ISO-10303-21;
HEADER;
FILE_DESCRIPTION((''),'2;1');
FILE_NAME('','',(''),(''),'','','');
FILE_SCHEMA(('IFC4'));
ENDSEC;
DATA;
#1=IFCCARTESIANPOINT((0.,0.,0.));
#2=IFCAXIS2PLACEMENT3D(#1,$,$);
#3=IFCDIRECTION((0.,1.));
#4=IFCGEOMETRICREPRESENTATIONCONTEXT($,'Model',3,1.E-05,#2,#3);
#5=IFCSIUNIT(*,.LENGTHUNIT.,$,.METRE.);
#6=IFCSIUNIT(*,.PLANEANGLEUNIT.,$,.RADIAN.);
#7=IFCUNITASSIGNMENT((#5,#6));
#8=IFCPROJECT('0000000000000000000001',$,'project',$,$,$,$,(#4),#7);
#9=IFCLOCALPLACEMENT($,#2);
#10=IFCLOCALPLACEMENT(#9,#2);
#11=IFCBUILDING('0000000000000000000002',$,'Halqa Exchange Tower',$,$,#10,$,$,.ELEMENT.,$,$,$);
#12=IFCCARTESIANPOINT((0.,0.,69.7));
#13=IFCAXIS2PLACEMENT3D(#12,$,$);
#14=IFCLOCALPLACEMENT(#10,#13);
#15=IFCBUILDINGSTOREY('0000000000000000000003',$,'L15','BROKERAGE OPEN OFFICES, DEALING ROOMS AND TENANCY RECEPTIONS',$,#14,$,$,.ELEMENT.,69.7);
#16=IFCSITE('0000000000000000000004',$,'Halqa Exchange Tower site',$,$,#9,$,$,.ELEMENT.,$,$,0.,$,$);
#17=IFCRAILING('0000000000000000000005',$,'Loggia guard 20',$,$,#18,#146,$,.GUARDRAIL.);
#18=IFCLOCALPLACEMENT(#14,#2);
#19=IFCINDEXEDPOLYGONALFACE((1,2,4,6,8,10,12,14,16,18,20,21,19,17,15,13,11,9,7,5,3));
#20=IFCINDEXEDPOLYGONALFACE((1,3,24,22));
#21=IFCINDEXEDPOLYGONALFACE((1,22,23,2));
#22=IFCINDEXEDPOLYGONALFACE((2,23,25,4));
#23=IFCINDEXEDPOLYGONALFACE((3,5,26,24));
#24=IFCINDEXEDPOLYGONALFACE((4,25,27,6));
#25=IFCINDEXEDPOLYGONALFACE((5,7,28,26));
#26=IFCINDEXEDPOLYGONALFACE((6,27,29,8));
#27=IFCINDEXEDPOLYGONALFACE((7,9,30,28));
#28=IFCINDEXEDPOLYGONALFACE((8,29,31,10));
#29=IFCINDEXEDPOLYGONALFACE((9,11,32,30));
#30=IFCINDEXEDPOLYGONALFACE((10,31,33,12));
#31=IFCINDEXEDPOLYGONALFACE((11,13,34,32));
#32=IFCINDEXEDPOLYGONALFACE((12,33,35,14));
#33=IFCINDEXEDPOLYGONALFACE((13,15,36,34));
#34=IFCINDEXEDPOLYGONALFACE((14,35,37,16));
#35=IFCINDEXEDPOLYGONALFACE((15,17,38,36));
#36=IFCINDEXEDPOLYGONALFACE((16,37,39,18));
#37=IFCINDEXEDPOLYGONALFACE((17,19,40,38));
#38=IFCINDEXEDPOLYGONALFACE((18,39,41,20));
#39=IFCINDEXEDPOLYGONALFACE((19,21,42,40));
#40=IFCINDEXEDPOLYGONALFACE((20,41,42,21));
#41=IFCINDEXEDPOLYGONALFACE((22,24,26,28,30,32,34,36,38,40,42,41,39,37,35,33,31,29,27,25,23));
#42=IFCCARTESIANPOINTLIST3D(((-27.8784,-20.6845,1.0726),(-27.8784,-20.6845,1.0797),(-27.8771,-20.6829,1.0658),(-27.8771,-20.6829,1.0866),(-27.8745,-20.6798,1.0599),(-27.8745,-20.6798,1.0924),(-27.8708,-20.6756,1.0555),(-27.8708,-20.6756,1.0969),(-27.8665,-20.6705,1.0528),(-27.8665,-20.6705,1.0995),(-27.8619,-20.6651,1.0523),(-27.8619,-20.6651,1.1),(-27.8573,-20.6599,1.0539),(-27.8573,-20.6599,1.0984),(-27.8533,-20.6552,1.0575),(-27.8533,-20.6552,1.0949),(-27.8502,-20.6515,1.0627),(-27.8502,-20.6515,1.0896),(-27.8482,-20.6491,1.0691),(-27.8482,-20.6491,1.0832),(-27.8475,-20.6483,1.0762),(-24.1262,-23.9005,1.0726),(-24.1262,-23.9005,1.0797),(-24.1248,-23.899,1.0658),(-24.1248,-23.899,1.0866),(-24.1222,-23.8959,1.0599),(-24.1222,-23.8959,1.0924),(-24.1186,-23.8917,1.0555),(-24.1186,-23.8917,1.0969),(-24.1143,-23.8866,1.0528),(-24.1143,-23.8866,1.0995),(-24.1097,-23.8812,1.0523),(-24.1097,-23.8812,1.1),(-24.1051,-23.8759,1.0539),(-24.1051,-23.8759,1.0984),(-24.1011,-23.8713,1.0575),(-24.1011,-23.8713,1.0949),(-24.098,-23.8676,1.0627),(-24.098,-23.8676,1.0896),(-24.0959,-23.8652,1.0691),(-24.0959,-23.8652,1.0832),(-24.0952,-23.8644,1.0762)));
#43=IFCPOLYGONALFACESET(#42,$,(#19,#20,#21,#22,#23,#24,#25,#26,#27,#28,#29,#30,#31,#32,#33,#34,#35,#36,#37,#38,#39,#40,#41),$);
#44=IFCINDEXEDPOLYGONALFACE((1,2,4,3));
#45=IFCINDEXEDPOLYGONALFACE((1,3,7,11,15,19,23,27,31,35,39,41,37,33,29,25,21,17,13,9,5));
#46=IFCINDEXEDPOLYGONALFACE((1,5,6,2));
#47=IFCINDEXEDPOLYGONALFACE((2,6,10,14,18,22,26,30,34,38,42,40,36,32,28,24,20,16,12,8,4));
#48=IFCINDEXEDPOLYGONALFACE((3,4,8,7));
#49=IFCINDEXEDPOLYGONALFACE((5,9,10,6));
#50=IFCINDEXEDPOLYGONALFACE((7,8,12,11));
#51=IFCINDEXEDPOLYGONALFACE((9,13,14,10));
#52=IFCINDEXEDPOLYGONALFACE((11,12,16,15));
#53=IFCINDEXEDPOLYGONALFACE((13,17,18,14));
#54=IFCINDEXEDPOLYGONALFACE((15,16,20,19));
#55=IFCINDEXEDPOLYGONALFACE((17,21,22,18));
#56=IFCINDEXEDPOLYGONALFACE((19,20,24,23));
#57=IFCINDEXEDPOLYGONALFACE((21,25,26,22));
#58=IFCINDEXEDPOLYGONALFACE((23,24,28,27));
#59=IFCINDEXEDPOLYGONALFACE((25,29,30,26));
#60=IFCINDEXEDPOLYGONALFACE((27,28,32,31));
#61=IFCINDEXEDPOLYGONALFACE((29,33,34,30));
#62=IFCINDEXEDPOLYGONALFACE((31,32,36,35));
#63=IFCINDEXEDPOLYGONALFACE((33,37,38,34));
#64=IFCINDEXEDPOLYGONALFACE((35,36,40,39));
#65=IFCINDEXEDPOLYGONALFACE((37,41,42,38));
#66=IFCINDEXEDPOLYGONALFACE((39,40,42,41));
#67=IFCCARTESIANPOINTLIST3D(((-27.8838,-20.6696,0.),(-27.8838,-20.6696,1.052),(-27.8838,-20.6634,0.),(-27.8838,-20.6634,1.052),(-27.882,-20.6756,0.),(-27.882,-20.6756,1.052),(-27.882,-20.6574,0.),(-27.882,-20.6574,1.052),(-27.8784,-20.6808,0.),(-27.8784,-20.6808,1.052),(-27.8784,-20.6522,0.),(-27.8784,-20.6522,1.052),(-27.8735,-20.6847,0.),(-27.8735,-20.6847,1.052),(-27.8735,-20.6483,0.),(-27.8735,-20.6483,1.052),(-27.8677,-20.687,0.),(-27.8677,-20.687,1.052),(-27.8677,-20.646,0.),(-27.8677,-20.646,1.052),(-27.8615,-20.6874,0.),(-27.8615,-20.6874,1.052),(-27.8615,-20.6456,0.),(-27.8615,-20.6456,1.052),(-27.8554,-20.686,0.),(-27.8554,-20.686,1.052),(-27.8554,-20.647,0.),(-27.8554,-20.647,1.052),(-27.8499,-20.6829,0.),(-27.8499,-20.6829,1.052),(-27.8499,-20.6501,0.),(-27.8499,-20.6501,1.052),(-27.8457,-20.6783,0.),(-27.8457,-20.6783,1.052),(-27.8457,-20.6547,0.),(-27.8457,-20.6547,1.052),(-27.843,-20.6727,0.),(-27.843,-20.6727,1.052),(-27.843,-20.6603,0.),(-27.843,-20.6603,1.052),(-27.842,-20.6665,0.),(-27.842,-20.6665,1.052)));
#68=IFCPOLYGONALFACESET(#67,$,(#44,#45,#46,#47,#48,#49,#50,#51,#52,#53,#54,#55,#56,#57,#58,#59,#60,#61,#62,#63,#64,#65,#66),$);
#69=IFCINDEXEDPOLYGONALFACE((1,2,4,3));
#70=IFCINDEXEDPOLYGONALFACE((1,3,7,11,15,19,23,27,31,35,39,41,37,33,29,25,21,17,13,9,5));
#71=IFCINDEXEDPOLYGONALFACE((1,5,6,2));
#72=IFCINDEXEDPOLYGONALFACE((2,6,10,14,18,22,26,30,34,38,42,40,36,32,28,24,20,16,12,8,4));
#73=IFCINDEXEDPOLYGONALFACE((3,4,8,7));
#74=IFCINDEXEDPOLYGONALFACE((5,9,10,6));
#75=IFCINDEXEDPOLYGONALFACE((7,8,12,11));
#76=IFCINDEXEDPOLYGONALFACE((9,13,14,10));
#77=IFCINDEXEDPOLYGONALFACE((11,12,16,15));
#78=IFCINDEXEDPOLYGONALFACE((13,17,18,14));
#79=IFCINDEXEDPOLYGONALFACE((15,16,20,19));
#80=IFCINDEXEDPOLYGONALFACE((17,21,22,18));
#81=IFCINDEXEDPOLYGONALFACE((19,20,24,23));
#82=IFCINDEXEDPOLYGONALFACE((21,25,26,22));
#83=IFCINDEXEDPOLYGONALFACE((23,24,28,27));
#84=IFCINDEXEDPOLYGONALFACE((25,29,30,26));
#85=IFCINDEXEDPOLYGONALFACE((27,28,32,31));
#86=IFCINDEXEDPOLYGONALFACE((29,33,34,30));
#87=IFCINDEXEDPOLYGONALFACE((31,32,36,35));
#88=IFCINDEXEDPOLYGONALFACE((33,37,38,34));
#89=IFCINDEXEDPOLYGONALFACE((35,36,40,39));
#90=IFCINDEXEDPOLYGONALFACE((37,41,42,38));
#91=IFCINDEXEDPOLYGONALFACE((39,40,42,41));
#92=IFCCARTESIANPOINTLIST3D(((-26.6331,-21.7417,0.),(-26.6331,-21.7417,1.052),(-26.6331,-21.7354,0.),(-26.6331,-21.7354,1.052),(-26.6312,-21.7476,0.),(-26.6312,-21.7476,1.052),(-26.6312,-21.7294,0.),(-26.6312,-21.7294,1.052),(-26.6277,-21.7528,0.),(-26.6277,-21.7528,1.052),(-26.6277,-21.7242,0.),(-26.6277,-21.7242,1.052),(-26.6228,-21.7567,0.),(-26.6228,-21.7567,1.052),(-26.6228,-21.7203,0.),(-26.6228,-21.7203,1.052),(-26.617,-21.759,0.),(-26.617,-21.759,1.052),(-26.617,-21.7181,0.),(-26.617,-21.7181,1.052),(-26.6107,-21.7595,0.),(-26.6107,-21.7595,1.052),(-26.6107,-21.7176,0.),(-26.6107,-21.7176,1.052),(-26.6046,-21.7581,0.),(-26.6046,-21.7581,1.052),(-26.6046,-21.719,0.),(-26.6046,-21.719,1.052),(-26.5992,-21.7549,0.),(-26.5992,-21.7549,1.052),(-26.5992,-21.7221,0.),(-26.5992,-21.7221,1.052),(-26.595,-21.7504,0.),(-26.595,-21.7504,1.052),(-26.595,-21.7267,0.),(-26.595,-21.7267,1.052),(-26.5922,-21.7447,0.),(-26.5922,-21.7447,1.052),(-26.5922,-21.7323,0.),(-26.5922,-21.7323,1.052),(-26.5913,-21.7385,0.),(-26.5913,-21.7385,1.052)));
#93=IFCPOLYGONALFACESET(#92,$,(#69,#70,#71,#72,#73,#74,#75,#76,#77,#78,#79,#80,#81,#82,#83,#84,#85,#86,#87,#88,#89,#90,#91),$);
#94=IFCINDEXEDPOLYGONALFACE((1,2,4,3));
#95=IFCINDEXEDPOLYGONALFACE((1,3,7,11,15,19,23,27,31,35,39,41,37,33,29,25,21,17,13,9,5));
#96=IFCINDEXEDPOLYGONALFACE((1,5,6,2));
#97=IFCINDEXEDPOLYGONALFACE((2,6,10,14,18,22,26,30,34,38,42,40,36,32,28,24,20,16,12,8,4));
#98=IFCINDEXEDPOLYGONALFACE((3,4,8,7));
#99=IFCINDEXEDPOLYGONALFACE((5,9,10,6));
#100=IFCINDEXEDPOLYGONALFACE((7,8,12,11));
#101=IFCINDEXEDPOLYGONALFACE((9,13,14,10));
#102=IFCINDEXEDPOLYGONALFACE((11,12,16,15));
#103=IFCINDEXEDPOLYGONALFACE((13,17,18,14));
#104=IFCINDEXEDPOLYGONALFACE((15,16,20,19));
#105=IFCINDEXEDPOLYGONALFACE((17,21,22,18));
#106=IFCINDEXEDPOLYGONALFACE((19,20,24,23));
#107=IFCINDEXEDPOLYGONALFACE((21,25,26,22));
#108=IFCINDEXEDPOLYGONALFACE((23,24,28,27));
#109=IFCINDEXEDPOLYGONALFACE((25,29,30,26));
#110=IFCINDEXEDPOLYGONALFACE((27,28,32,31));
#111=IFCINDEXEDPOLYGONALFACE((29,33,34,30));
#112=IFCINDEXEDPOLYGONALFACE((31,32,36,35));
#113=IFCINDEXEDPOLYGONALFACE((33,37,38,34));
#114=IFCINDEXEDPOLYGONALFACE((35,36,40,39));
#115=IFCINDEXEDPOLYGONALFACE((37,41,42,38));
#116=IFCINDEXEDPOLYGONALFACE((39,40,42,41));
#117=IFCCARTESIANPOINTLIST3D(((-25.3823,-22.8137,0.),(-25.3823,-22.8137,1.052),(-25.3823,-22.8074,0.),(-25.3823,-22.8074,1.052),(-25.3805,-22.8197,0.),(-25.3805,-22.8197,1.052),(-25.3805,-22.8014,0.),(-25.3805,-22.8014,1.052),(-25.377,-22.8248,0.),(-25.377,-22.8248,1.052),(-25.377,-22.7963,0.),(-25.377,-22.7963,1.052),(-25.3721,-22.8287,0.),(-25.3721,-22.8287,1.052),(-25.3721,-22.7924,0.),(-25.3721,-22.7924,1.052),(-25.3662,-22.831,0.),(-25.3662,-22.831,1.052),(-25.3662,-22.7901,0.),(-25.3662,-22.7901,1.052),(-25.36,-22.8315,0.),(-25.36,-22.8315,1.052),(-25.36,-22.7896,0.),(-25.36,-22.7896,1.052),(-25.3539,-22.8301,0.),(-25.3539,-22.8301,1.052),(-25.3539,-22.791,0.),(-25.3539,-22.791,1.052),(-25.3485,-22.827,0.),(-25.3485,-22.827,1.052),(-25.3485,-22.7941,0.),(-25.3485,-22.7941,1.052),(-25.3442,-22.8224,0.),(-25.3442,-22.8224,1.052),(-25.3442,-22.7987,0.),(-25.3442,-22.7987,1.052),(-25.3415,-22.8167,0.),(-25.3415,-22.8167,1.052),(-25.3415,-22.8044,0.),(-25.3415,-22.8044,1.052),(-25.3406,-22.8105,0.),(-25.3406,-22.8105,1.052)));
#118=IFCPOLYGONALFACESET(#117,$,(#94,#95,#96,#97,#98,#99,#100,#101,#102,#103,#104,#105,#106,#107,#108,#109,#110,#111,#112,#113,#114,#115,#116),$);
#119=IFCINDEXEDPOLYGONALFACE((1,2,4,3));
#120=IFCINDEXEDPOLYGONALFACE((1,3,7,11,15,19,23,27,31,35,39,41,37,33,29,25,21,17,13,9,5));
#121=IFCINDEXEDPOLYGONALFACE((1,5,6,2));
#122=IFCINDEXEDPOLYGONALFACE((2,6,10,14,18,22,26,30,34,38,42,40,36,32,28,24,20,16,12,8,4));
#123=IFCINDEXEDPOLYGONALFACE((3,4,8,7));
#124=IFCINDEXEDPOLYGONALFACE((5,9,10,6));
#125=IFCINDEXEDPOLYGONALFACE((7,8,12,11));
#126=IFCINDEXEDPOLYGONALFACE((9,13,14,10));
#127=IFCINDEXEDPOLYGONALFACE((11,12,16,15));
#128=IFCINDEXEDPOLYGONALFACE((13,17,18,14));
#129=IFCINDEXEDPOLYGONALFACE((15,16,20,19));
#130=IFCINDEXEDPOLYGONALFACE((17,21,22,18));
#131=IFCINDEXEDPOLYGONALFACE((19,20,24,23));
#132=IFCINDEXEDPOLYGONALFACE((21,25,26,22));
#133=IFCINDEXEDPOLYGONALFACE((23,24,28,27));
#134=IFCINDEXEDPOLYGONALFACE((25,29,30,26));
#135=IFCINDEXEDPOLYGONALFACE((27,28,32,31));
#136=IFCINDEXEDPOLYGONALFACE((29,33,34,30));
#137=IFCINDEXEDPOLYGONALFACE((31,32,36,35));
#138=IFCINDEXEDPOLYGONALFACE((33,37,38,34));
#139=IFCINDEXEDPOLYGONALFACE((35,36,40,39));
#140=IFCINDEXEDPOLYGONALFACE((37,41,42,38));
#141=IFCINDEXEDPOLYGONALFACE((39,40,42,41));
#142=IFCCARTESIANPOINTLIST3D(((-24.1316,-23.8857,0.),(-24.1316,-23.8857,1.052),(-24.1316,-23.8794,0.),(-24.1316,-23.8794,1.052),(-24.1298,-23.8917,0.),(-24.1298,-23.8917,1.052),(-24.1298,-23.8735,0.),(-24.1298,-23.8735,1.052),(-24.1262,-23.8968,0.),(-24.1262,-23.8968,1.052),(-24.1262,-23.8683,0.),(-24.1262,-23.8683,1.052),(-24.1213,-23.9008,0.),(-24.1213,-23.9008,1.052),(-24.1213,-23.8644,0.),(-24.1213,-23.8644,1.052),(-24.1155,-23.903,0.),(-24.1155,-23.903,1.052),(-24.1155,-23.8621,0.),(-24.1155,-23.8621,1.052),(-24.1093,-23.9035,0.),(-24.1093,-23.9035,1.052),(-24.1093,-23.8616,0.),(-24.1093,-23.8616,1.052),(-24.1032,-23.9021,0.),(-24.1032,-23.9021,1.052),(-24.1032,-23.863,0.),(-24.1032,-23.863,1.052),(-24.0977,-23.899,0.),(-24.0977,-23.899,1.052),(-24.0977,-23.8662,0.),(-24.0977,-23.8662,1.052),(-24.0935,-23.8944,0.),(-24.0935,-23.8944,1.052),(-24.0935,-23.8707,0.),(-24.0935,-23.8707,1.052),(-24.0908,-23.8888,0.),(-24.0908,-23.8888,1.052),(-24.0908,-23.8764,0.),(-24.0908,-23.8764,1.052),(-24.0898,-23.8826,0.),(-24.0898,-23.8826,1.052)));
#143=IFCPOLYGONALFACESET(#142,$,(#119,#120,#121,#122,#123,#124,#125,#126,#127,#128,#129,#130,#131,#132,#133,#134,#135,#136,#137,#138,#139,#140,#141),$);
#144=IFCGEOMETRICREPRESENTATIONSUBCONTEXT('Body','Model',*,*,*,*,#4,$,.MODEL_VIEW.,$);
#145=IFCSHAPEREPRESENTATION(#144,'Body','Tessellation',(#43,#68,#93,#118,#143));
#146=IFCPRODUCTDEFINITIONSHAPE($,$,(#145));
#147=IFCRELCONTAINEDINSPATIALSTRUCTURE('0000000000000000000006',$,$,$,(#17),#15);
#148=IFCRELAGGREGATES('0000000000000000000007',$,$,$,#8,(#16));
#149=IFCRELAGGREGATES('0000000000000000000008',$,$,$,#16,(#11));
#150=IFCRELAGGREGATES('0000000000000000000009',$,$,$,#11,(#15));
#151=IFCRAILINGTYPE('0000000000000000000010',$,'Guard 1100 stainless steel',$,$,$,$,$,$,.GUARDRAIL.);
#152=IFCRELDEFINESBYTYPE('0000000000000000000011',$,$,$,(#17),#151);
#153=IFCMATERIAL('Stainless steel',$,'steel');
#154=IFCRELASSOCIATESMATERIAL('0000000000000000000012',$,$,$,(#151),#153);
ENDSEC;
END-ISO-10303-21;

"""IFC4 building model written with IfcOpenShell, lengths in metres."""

from ifc_helpers import new_model, si_unit, direction, frame, origin, origin_2d, place, context, subcontext, project, spatial, circle, extrude, material, type_object, element, save


model = new_model("IFC4")

# Units and contexts
model_context = context("Model", 3, precision=1e-05, world=origin(), true_north=direction((0.0, 1.0)))
body_context = subcontext(model_context, "Body", "Model", "MODEL_VIEW")
ifc_project = project(units=[si_unit("LENGTHUNIT", "METRE"), si_unit("PLANEANGLEUNIT", "RADIAN")], contexts=[model_context])

# Site, building, storey
site_placement = place(None, origin())
site = spatial("IfcSite", under=ifc_project, at=site_placement, Name="Halqa Exchange Tower site", CompositionType="ELEMENT", RefElevation=0.0)
building_placement = place(site_placement, origin())
building = spatial("IfcBuilding", under=site, at=building_placement, Name="Halqa Exchange Tower", CompositionType="ELEMENT")
storey_placement = place(building_placement, frame((0.0, 0.0, 69.7)))
storey = spatial("IfcBuildingStorey", under=building, at=storey_placement, Name="L15", Description="BROKERAGE OPEN OFFICES, DEALING ROOMS AND TENANCY RECEPTIONS", CompositionType="ELEMENT", Elevation=69.7)

# Railing
ifc_material_1 = material(Name="Stainless steel", Category="steel")
railing_type = type_object("IfcRailingType", Name="Guard 1100 stainless steel", PredefinedType="GUARDRAIL", material=ifc_material_1)
railing_1_placement = place(storey_placement, frame((-27.863, -20.6665, 0.0)))
element("IfcRailing", 1, at=railing_1_placement, inside=storey, type_object=railing_type, Name="Loggia guard 20", PredefinedType="GUARDRAIL", context=body_context, shape_type="SweptSolid", body=[
    extrude(circle(Radius=0.0239, at=origin_2d()), frame((0.0, 0.0, 1.0762), z_axis=(0.759267, -0.650779, 0.0), x_axis=(0.650779, 0.759267, 0.0)), (0.0, 0.0, 1.0), 4.9419),
    extrude(circle(Radius=0.021, at=origin_2d()), origin(), (0.0, 0.0, 1.0), 1.052),
    extrude(circle(Radius=0.021, at=origin_2d()), frame((1.2507, -1.072, 0.0)), (0.0, 0.0, 1.0), 1.052),
    extrude(circle(Radius=0.021, at=origin_2d()), frame((2.5015, -2.144, 0.0)), (0.0, 0.0, 1.0), 1.052),
    extrude(circle(Radius=0.021, at=origin_2d()), frame((3.7522, -3.2161, 0.0)), (0.0, 0.0, 1.0), 1.052),
])

save(model, "model.ifc")
